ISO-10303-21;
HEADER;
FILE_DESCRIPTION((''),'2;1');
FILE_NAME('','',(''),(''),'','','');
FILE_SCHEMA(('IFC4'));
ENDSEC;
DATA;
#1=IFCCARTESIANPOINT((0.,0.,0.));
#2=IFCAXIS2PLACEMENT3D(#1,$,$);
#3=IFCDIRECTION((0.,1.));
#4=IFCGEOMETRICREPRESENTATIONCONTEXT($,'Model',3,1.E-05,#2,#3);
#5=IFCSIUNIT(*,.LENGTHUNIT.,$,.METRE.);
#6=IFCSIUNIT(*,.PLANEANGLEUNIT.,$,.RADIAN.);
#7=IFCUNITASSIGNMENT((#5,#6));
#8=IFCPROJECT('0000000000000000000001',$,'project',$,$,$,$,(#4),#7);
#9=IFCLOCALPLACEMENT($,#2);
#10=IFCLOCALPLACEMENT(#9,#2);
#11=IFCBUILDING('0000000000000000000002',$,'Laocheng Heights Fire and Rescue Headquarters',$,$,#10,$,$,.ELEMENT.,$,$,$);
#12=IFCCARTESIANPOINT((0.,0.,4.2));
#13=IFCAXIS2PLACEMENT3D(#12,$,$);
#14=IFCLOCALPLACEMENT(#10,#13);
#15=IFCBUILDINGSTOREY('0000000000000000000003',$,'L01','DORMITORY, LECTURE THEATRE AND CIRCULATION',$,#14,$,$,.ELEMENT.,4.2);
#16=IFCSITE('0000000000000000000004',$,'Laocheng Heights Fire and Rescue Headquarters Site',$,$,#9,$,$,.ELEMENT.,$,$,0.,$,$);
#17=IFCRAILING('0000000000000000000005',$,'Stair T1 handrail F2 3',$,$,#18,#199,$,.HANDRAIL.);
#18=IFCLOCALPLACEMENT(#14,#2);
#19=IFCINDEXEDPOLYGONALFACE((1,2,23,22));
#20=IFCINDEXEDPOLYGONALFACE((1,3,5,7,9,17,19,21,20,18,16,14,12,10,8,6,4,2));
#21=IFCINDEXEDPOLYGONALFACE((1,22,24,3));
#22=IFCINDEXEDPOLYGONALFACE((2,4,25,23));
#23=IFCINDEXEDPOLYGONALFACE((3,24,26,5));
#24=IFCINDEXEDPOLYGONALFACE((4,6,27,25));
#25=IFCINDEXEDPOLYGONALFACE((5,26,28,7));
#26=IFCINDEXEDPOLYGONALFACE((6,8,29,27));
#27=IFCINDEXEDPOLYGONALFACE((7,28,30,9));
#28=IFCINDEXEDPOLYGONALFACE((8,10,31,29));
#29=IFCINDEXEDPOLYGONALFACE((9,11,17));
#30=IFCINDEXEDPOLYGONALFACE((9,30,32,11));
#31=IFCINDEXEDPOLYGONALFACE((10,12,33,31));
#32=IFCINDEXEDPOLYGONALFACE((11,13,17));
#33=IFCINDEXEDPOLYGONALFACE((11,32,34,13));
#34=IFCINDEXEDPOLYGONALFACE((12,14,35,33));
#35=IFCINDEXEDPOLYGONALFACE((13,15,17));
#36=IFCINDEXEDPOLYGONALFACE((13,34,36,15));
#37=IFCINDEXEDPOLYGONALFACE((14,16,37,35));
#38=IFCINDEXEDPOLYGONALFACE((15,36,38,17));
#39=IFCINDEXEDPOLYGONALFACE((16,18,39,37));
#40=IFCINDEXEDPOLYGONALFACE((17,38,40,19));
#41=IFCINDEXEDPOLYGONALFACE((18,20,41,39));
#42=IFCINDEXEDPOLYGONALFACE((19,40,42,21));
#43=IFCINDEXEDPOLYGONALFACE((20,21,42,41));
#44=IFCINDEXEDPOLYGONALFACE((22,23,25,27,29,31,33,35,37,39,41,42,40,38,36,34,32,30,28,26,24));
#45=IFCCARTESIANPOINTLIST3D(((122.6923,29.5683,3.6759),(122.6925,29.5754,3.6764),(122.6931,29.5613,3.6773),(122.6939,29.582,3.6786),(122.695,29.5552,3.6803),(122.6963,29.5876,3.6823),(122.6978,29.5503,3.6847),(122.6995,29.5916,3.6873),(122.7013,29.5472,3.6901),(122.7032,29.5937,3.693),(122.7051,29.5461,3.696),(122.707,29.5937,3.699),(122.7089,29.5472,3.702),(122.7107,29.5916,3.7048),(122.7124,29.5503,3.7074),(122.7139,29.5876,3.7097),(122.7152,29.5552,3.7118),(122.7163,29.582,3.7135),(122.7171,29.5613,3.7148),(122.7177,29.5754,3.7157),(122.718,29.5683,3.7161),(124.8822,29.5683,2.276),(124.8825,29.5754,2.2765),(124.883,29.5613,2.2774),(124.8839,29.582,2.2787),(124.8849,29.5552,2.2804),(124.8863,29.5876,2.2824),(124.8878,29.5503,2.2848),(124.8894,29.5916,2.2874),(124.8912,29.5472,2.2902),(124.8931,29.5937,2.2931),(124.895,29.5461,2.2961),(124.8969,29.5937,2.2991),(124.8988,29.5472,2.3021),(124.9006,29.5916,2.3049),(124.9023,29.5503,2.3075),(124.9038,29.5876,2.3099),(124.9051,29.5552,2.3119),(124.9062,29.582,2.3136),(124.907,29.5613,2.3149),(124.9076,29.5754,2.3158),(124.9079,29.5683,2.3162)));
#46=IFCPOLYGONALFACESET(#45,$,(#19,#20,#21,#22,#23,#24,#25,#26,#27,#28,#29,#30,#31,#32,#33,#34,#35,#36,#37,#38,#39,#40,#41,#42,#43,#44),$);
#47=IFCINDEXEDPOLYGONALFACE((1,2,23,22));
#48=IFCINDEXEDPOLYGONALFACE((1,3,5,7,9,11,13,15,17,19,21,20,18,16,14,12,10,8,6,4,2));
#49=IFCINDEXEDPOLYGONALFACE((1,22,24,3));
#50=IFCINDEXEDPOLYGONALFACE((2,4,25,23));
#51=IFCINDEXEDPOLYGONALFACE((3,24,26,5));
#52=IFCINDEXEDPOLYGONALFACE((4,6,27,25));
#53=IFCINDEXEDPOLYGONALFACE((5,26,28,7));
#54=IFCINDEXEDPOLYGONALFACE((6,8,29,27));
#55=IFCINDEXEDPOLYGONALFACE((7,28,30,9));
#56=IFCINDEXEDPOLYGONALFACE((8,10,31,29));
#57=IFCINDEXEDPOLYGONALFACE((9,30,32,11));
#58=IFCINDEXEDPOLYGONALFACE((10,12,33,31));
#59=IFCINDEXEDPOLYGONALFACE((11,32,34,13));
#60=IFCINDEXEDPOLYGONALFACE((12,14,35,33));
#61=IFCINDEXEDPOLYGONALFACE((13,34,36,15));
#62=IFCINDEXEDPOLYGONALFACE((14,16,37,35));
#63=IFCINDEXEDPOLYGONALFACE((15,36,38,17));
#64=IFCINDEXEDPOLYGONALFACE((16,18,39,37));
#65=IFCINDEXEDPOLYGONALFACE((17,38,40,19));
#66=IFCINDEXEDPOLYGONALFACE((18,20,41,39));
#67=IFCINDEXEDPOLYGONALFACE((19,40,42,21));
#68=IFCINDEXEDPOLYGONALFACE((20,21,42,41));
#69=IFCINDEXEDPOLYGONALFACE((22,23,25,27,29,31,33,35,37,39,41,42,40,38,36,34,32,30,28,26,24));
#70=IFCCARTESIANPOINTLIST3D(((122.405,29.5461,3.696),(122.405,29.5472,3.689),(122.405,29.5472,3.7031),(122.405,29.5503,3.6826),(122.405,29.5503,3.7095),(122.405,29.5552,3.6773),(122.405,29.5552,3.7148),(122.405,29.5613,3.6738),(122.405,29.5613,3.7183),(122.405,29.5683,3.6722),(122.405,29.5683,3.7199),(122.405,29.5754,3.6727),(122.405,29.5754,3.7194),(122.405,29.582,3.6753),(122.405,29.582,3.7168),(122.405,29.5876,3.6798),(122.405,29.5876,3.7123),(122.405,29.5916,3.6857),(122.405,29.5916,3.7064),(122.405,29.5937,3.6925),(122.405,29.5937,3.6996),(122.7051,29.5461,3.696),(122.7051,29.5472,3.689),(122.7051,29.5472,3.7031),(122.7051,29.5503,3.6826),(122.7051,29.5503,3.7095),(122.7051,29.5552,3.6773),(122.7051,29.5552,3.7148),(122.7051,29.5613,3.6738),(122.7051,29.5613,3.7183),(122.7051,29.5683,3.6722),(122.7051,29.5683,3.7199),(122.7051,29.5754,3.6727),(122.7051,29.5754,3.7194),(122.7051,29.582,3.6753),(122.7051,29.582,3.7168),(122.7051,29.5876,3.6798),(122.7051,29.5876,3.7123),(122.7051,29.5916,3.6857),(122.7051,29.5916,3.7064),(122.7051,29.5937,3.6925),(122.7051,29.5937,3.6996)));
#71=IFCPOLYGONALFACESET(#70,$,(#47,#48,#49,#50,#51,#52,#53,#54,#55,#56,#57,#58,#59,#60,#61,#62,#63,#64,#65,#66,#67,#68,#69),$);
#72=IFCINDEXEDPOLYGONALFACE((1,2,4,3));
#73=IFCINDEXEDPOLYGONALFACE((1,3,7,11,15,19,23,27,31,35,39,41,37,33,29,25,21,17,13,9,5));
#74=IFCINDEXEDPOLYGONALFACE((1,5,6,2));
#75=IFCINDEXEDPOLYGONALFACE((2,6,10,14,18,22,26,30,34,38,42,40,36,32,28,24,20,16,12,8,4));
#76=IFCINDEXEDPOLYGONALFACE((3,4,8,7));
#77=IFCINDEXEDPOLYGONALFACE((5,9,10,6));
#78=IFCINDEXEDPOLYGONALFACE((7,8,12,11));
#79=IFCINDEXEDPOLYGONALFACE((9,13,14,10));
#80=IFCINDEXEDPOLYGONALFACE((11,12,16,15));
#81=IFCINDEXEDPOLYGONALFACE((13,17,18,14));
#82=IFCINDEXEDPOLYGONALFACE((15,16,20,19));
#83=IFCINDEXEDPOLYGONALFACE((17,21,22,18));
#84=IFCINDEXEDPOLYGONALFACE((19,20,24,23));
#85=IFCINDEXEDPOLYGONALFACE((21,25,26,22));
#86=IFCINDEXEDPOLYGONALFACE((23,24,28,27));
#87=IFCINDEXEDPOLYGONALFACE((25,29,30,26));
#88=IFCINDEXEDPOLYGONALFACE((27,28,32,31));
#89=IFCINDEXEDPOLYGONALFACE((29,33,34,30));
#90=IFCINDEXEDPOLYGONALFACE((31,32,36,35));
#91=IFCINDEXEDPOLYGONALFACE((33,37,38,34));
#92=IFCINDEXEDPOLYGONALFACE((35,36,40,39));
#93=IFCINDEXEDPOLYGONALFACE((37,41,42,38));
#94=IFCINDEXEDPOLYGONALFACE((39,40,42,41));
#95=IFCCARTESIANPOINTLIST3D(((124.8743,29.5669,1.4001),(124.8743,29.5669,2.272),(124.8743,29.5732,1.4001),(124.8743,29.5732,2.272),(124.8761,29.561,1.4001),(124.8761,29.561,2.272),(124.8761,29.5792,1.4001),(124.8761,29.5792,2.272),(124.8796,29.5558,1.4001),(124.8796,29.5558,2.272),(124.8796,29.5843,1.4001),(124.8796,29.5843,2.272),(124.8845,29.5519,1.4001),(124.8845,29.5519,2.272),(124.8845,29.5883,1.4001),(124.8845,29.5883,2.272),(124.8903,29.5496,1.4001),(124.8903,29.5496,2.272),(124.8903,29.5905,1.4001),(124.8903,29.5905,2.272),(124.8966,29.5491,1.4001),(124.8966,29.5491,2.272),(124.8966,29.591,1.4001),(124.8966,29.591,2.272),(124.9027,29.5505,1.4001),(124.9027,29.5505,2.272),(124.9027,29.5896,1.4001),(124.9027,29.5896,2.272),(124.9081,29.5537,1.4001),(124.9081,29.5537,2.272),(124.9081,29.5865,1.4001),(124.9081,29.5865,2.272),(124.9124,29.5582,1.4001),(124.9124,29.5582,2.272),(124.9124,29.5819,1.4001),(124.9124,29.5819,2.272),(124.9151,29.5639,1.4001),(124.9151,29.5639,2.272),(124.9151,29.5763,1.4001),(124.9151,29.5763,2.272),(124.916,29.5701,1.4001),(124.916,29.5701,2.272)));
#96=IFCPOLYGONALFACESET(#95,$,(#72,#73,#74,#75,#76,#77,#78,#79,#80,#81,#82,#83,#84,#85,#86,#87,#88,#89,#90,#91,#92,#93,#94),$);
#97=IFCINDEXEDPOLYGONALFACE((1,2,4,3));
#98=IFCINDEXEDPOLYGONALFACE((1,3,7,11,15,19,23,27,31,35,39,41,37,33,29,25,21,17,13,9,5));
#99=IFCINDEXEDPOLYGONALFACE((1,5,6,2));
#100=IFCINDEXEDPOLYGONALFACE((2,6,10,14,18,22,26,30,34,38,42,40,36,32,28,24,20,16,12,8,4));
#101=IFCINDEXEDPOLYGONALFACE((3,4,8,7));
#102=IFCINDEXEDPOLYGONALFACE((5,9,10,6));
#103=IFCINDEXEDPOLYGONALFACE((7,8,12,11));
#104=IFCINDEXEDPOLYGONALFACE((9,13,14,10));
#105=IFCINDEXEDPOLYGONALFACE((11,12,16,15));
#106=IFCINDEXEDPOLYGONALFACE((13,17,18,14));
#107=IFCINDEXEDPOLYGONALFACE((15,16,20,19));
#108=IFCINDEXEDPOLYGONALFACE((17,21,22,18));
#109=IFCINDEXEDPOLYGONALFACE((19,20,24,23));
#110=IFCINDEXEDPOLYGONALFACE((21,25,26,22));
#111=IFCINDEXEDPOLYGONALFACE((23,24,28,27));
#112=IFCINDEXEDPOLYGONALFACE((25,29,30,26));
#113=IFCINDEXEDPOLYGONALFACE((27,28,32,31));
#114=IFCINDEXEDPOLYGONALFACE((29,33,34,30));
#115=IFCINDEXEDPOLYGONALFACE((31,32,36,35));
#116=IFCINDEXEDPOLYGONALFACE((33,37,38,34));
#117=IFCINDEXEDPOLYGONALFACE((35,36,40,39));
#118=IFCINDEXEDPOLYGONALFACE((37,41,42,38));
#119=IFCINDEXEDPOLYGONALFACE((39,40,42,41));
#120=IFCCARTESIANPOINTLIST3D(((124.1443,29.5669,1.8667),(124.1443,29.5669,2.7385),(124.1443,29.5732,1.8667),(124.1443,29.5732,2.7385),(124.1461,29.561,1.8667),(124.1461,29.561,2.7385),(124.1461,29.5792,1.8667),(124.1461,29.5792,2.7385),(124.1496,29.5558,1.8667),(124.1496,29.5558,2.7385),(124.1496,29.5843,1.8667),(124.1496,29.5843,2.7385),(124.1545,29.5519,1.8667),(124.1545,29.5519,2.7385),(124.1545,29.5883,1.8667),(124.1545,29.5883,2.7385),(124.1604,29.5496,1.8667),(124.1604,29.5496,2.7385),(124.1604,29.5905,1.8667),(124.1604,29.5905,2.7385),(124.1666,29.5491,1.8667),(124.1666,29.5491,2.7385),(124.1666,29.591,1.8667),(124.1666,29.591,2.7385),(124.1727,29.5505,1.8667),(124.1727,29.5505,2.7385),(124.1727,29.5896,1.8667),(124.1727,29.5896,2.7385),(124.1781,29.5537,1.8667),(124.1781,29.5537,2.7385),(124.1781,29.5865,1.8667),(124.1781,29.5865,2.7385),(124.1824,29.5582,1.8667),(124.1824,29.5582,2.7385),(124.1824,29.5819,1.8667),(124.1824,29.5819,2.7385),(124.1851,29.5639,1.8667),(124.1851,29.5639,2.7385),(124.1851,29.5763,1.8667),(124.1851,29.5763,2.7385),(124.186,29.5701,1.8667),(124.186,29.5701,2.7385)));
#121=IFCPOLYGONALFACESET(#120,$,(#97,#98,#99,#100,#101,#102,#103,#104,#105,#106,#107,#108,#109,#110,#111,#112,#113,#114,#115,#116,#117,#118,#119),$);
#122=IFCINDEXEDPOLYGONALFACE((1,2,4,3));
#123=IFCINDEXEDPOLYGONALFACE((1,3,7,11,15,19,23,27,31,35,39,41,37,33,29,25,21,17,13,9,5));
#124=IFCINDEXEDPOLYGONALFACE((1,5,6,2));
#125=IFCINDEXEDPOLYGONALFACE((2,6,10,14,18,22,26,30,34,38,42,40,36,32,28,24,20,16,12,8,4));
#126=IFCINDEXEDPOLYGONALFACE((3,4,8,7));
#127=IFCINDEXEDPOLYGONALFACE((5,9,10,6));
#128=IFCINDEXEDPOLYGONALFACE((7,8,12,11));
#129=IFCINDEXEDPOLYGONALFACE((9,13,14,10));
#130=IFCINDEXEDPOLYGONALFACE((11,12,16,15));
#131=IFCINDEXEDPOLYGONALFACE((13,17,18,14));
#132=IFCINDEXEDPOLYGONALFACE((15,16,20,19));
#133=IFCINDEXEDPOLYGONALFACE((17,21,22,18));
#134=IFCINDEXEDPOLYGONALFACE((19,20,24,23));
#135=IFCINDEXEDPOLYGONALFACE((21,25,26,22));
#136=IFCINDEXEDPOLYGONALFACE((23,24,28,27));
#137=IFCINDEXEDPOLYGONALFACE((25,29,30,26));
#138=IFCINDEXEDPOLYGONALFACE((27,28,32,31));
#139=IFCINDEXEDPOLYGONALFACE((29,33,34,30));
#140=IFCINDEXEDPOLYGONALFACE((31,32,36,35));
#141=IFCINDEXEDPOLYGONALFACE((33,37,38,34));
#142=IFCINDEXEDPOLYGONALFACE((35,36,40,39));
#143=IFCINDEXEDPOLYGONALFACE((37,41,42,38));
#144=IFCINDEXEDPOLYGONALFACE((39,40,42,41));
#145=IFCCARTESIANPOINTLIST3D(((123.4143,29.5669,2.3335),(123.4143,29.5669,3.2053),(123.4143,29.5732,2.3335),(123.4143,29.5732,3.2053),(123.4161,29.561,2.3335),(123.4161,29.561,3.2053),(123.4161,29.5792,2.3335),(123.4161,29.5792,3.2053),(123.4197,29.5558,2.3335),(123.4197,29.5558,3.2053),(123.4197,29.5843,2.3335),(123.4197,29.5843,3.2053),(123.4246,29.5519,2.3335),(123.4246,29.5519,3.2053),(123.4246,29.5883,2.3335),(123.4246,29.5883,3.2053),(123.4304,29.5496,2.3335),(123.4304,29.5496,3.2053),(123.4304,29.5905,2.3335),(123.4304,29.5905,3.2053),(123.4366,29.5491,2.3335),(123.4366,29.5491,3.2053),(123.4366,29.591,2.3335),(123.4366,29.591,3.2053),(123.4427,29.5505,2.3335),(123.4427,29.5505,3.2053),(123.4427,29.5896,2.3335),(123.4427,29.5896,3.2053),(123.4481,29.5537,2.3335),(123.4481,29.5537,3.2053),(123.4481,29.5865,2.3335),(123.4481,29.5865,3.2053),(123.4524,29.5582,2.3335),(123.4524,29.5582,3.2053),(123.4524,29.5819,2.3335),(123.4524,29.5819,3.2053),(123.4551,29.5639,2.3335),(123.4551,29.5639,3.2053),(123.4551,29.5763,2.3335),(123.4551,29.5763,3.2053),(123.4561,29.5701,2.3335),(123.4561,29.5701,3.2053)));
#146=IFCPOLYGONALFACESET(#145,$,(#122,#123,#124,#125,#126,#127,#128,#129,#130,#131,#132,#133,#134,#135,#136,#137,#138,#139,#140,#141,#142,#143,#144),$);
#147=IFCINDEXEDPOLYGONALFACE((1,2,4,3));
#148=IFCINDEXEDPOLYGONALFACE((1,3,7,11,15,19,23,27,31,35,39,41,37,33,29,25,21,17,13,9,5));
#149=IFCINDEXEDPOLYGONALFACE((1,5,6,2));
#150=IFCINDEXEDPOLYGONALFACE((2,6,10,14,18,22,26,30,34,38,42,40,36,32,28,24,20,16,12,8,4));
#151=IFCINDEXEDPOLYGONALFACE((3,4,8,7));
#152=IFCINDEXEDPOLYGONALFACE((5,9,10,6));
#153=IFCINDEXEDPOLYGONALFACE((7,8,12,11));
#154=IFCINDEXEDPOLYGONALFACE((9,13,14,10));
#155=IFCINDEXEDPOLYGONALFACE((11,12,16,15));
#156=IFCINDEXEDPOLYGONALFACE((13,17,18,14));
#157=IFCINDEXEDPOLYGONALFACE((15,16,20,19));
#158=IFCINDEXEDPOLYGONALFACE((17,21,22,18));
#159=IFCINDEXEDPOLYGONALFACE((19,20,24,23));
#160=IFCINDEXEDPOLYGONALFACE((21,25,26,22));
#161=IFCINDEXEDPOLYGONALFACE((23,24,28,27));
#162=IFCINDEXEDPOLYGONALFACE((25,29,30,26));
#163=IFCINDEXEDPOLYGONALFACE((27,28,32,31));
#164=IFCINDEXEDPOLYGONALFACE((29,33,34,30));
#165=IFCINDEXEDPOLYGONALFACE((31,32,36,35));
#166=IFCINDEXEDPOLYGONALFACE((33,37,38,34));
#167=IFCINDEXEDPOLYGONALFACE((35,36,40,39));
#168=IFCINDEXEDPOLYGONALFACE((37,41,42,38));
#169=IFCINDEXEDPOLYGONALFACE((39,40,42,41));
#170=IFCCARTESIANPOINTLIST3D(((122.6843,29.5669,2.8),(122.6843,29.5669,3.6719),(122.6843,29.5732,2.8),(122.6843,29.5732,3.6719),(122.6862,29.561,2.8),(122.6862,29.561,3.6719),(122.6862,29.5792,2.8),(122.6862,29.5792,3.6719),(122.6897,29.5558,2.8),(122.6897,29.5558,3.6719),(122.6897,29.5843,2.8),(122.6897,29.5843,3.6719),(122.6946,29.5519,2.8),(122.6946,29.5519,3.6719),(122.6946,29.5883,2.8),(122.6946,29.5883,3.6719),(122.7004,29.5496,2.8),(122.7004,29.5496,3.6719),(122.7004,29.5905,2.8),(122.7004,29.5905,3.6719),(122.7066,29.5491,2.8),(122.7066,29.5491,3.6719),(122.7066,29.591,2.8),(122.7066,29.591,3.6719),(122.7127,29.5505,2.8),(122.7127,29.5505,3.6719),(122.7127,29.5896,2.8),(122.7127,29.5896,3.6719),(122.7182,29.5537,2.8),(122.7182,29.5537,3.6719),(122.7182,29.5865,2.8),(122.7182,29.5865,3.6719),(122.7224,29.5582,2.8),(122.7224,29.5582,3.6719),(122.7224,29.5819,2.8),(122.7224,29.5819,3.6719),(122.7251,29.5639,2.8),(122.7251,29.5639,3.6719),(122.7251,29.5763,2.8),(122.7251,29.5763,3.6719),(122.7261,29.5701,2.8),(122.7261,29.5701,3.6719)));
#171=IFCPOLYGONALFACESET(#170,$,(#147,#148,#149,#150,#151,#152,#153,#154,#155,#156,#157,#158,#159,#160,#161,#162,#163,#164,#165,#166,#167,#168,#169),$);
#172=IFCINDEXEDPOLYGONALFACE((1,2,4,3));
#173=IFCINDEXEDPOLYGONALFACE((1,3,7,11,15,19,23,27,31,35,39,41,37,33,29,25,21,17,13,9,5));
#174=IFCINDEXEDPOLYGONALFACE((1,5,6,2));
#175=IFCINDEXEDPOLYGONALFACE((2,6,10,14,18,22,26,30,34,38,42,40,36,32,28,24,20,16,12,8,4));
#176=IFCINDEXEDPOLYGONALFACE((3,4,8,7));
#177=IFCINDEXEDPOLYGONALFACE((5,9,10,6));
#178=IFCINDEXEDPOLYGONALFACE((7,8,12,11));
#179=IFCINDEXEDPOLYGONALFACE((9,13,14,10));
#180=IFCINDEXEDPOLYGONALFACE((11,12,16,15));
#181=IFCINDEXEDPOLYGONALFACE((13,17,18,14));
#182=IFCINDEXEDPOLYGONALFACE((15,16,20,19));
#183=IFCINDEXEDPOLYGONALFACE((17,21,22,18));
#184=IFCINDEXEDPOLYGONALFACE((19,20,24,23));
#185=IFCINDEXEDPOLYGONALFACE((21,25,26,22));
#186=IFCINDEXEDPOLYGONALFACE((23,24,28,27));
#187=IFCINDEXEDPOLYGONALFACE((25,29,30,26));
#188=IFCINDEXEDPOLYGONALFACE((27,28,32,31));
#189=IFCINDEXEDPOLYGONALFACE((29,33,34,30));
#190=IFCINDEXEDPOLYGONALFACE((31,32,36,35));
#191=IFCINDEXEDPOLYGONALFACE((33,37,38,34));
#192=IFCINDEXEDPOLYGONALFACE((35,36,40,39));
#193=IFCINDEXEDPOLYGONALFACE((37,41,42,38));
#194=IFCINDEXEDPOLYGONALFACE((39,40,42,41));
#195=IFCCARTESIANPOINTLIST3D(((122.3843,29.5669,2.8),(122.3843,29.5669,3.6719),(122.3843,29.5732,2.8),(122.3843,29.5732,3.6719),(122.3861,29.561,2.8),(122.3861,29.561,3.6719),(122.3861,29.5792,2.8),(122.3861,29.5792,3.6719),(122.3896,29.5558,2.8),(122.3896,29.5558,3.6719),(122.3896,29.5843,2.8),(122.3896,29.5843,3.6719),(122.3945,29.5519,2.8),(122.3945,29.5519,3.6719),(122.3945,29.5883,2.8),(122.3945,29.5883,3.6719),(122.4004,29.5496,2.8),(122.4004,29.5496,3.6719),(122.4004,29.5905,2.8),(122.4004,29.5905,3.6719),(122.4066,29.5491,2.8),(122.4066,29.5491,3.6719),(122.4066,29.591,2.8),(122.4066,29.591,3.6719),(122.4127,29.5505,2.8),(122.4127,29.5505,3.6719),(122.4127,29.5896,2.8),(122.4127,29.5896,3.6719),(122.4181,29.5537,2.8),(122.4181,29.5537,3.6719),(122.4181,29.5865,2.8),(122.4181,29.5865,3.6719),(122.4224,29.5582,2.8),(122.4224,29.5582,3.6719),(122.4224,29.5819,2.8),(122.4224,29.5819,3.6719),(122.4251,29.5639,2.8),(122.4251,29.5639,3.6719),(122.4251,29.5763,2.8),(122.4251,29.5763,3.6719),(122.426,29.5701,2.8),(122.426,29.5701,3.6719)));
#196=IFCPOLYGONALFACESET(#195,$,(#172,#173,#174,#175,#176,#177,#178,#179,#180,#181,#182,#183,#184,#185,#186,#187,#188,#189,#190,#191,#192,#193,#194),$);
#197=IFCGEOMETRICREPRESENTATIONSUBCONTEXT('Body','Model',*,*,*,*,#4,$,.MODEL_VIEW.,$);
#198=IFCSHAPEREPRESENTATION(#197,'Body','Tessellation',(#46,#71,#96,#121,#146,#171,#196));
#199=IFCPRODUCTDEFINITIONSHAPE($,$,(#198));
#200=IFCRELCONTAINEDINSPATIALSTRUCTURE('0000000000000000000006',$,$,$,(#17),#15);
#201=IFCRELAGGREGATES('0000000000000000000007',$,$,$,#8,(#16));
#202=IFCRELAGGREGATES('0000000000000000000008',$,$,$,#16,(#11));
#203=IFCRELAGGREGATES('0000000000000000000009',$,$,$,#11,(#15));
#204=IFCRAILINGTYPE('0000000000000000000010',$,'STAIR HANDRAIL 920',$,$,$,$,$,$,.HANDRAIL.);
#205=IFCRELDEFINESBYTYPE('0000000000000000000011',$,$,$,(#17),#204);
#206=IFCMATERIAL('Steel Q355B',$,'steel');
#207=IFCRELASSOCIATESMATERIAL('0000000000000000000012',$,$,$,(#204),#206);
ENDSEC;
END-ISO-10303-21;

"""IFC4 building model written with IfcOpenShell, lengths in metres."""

from ifc_helpers import new_model, si_unit, direction, frame, origin, origin_2d, place, context, subcontext, project, spatial, circle, extrude, material, type_object, element, save


model = new_model("IFC4")

# Units and contexts
model_context = context("Model", 3, precision=1e-05, world=origin(), true_north=direction((0.0, 1.0)))
body_context = subcontext(model_context, "Body", "Model", "MODEL_VIEW")
ifc_project = project(units=[si_unit("LENGTHUNIT", "METRE"), si_unit("PLANEANGLEUNIT", "RADIAN")], contexts=[model_context])

# Site, building, storey
site_placement = place(None, origin())
site = spatial("IfcSite", under=ifc_project, at=site_placement, Name="Laocheng Heights Fire and Rescue Headquarters Site", CompositionType="ELEMENT", RefElevation=0.0)
building_placement = place(site_placement, origin())
building = spatial("IfcBuilding", under=site, at=building_placement, Name="Laocheng Heights Fire and Rescue Headquarters", CompositionType="ELEMENT")
storey_placement = place(building_placement, frame((0.0, 0.0, 4.2)))
storey = spatial("IfcBuildingStorey", under=building, at=storey_placement, Name="L01", Description="DORMITORY, LECTURE THEATRE AND CIRCULATION", CompositionType="ELEMENT", Elevation=4.2)

# Railing
ifc_material_1 = material(Name="Steel Q355B", Category="steel")
railing_type = type_object("IfcRailingType", Name="STAIR HANDRAIL 920", PredefinedType="HANDRAIL", material=ifc_material_1)
railing_placement = place(storey_placement, frame((124.895, 29.5701, 1.4001)))
element("IfcRailing", 1, at=railing_placement, inside=storey, type_object=railing_type, Name="Stair T1 handrail F2 3", PredefinedType="HANDRAIL", context=body_context, shape_type="SweptSolid", body=[
    extrude(circle(Radius=0.0239, at=origin_2d()), frame((0.0, 0.0, 0.896), z_axis=(-0.842561, 0.0, 0.5386), x_axis=(0.0, -1.0, 0.0)), (0.0, 0.0, 1.0), 2.5991),
    extrude(circle(Radius=0.0239, at=origin_2d()), frame((-2.1899, 0.0, 2.2959), z_axis=(-1.0, 0.0, 0.0), x_axis=(0.0, -1.0, 0.0)), (0.0, 0.0, 1.0), 0.3),
    extrude(circle(Radius=0.021, at=origin_2d()), origin(), (0.0, 0.0, 1.0), 0.8718),
    extrude(circle(Radius=0.021, at=origin_2d()), frame((-0.73, 0.0, 0.4666)), (0.0, 0.0, 1.0), 0.8718),
    extrude(circle(Radius=0.021, at=origin_2d()), frame((-1.46, 0.0, 0.9333)), (0.0, 0.0, 1.0), 0.8718),
    extrude(circle(Radius=0.021, at=origin_2d()), frame((-2.1899, 0.0, 1.3999)), (0.0, 0.0, 1.0), 0.8718),
    extrude(circle(Radius=0.021, at=origin_2d()), frame((-2.49, 0.0, 1.3999)), (0.0, 0.0, 1.0), 0.8718),
])

save(model, "model.ifc")
